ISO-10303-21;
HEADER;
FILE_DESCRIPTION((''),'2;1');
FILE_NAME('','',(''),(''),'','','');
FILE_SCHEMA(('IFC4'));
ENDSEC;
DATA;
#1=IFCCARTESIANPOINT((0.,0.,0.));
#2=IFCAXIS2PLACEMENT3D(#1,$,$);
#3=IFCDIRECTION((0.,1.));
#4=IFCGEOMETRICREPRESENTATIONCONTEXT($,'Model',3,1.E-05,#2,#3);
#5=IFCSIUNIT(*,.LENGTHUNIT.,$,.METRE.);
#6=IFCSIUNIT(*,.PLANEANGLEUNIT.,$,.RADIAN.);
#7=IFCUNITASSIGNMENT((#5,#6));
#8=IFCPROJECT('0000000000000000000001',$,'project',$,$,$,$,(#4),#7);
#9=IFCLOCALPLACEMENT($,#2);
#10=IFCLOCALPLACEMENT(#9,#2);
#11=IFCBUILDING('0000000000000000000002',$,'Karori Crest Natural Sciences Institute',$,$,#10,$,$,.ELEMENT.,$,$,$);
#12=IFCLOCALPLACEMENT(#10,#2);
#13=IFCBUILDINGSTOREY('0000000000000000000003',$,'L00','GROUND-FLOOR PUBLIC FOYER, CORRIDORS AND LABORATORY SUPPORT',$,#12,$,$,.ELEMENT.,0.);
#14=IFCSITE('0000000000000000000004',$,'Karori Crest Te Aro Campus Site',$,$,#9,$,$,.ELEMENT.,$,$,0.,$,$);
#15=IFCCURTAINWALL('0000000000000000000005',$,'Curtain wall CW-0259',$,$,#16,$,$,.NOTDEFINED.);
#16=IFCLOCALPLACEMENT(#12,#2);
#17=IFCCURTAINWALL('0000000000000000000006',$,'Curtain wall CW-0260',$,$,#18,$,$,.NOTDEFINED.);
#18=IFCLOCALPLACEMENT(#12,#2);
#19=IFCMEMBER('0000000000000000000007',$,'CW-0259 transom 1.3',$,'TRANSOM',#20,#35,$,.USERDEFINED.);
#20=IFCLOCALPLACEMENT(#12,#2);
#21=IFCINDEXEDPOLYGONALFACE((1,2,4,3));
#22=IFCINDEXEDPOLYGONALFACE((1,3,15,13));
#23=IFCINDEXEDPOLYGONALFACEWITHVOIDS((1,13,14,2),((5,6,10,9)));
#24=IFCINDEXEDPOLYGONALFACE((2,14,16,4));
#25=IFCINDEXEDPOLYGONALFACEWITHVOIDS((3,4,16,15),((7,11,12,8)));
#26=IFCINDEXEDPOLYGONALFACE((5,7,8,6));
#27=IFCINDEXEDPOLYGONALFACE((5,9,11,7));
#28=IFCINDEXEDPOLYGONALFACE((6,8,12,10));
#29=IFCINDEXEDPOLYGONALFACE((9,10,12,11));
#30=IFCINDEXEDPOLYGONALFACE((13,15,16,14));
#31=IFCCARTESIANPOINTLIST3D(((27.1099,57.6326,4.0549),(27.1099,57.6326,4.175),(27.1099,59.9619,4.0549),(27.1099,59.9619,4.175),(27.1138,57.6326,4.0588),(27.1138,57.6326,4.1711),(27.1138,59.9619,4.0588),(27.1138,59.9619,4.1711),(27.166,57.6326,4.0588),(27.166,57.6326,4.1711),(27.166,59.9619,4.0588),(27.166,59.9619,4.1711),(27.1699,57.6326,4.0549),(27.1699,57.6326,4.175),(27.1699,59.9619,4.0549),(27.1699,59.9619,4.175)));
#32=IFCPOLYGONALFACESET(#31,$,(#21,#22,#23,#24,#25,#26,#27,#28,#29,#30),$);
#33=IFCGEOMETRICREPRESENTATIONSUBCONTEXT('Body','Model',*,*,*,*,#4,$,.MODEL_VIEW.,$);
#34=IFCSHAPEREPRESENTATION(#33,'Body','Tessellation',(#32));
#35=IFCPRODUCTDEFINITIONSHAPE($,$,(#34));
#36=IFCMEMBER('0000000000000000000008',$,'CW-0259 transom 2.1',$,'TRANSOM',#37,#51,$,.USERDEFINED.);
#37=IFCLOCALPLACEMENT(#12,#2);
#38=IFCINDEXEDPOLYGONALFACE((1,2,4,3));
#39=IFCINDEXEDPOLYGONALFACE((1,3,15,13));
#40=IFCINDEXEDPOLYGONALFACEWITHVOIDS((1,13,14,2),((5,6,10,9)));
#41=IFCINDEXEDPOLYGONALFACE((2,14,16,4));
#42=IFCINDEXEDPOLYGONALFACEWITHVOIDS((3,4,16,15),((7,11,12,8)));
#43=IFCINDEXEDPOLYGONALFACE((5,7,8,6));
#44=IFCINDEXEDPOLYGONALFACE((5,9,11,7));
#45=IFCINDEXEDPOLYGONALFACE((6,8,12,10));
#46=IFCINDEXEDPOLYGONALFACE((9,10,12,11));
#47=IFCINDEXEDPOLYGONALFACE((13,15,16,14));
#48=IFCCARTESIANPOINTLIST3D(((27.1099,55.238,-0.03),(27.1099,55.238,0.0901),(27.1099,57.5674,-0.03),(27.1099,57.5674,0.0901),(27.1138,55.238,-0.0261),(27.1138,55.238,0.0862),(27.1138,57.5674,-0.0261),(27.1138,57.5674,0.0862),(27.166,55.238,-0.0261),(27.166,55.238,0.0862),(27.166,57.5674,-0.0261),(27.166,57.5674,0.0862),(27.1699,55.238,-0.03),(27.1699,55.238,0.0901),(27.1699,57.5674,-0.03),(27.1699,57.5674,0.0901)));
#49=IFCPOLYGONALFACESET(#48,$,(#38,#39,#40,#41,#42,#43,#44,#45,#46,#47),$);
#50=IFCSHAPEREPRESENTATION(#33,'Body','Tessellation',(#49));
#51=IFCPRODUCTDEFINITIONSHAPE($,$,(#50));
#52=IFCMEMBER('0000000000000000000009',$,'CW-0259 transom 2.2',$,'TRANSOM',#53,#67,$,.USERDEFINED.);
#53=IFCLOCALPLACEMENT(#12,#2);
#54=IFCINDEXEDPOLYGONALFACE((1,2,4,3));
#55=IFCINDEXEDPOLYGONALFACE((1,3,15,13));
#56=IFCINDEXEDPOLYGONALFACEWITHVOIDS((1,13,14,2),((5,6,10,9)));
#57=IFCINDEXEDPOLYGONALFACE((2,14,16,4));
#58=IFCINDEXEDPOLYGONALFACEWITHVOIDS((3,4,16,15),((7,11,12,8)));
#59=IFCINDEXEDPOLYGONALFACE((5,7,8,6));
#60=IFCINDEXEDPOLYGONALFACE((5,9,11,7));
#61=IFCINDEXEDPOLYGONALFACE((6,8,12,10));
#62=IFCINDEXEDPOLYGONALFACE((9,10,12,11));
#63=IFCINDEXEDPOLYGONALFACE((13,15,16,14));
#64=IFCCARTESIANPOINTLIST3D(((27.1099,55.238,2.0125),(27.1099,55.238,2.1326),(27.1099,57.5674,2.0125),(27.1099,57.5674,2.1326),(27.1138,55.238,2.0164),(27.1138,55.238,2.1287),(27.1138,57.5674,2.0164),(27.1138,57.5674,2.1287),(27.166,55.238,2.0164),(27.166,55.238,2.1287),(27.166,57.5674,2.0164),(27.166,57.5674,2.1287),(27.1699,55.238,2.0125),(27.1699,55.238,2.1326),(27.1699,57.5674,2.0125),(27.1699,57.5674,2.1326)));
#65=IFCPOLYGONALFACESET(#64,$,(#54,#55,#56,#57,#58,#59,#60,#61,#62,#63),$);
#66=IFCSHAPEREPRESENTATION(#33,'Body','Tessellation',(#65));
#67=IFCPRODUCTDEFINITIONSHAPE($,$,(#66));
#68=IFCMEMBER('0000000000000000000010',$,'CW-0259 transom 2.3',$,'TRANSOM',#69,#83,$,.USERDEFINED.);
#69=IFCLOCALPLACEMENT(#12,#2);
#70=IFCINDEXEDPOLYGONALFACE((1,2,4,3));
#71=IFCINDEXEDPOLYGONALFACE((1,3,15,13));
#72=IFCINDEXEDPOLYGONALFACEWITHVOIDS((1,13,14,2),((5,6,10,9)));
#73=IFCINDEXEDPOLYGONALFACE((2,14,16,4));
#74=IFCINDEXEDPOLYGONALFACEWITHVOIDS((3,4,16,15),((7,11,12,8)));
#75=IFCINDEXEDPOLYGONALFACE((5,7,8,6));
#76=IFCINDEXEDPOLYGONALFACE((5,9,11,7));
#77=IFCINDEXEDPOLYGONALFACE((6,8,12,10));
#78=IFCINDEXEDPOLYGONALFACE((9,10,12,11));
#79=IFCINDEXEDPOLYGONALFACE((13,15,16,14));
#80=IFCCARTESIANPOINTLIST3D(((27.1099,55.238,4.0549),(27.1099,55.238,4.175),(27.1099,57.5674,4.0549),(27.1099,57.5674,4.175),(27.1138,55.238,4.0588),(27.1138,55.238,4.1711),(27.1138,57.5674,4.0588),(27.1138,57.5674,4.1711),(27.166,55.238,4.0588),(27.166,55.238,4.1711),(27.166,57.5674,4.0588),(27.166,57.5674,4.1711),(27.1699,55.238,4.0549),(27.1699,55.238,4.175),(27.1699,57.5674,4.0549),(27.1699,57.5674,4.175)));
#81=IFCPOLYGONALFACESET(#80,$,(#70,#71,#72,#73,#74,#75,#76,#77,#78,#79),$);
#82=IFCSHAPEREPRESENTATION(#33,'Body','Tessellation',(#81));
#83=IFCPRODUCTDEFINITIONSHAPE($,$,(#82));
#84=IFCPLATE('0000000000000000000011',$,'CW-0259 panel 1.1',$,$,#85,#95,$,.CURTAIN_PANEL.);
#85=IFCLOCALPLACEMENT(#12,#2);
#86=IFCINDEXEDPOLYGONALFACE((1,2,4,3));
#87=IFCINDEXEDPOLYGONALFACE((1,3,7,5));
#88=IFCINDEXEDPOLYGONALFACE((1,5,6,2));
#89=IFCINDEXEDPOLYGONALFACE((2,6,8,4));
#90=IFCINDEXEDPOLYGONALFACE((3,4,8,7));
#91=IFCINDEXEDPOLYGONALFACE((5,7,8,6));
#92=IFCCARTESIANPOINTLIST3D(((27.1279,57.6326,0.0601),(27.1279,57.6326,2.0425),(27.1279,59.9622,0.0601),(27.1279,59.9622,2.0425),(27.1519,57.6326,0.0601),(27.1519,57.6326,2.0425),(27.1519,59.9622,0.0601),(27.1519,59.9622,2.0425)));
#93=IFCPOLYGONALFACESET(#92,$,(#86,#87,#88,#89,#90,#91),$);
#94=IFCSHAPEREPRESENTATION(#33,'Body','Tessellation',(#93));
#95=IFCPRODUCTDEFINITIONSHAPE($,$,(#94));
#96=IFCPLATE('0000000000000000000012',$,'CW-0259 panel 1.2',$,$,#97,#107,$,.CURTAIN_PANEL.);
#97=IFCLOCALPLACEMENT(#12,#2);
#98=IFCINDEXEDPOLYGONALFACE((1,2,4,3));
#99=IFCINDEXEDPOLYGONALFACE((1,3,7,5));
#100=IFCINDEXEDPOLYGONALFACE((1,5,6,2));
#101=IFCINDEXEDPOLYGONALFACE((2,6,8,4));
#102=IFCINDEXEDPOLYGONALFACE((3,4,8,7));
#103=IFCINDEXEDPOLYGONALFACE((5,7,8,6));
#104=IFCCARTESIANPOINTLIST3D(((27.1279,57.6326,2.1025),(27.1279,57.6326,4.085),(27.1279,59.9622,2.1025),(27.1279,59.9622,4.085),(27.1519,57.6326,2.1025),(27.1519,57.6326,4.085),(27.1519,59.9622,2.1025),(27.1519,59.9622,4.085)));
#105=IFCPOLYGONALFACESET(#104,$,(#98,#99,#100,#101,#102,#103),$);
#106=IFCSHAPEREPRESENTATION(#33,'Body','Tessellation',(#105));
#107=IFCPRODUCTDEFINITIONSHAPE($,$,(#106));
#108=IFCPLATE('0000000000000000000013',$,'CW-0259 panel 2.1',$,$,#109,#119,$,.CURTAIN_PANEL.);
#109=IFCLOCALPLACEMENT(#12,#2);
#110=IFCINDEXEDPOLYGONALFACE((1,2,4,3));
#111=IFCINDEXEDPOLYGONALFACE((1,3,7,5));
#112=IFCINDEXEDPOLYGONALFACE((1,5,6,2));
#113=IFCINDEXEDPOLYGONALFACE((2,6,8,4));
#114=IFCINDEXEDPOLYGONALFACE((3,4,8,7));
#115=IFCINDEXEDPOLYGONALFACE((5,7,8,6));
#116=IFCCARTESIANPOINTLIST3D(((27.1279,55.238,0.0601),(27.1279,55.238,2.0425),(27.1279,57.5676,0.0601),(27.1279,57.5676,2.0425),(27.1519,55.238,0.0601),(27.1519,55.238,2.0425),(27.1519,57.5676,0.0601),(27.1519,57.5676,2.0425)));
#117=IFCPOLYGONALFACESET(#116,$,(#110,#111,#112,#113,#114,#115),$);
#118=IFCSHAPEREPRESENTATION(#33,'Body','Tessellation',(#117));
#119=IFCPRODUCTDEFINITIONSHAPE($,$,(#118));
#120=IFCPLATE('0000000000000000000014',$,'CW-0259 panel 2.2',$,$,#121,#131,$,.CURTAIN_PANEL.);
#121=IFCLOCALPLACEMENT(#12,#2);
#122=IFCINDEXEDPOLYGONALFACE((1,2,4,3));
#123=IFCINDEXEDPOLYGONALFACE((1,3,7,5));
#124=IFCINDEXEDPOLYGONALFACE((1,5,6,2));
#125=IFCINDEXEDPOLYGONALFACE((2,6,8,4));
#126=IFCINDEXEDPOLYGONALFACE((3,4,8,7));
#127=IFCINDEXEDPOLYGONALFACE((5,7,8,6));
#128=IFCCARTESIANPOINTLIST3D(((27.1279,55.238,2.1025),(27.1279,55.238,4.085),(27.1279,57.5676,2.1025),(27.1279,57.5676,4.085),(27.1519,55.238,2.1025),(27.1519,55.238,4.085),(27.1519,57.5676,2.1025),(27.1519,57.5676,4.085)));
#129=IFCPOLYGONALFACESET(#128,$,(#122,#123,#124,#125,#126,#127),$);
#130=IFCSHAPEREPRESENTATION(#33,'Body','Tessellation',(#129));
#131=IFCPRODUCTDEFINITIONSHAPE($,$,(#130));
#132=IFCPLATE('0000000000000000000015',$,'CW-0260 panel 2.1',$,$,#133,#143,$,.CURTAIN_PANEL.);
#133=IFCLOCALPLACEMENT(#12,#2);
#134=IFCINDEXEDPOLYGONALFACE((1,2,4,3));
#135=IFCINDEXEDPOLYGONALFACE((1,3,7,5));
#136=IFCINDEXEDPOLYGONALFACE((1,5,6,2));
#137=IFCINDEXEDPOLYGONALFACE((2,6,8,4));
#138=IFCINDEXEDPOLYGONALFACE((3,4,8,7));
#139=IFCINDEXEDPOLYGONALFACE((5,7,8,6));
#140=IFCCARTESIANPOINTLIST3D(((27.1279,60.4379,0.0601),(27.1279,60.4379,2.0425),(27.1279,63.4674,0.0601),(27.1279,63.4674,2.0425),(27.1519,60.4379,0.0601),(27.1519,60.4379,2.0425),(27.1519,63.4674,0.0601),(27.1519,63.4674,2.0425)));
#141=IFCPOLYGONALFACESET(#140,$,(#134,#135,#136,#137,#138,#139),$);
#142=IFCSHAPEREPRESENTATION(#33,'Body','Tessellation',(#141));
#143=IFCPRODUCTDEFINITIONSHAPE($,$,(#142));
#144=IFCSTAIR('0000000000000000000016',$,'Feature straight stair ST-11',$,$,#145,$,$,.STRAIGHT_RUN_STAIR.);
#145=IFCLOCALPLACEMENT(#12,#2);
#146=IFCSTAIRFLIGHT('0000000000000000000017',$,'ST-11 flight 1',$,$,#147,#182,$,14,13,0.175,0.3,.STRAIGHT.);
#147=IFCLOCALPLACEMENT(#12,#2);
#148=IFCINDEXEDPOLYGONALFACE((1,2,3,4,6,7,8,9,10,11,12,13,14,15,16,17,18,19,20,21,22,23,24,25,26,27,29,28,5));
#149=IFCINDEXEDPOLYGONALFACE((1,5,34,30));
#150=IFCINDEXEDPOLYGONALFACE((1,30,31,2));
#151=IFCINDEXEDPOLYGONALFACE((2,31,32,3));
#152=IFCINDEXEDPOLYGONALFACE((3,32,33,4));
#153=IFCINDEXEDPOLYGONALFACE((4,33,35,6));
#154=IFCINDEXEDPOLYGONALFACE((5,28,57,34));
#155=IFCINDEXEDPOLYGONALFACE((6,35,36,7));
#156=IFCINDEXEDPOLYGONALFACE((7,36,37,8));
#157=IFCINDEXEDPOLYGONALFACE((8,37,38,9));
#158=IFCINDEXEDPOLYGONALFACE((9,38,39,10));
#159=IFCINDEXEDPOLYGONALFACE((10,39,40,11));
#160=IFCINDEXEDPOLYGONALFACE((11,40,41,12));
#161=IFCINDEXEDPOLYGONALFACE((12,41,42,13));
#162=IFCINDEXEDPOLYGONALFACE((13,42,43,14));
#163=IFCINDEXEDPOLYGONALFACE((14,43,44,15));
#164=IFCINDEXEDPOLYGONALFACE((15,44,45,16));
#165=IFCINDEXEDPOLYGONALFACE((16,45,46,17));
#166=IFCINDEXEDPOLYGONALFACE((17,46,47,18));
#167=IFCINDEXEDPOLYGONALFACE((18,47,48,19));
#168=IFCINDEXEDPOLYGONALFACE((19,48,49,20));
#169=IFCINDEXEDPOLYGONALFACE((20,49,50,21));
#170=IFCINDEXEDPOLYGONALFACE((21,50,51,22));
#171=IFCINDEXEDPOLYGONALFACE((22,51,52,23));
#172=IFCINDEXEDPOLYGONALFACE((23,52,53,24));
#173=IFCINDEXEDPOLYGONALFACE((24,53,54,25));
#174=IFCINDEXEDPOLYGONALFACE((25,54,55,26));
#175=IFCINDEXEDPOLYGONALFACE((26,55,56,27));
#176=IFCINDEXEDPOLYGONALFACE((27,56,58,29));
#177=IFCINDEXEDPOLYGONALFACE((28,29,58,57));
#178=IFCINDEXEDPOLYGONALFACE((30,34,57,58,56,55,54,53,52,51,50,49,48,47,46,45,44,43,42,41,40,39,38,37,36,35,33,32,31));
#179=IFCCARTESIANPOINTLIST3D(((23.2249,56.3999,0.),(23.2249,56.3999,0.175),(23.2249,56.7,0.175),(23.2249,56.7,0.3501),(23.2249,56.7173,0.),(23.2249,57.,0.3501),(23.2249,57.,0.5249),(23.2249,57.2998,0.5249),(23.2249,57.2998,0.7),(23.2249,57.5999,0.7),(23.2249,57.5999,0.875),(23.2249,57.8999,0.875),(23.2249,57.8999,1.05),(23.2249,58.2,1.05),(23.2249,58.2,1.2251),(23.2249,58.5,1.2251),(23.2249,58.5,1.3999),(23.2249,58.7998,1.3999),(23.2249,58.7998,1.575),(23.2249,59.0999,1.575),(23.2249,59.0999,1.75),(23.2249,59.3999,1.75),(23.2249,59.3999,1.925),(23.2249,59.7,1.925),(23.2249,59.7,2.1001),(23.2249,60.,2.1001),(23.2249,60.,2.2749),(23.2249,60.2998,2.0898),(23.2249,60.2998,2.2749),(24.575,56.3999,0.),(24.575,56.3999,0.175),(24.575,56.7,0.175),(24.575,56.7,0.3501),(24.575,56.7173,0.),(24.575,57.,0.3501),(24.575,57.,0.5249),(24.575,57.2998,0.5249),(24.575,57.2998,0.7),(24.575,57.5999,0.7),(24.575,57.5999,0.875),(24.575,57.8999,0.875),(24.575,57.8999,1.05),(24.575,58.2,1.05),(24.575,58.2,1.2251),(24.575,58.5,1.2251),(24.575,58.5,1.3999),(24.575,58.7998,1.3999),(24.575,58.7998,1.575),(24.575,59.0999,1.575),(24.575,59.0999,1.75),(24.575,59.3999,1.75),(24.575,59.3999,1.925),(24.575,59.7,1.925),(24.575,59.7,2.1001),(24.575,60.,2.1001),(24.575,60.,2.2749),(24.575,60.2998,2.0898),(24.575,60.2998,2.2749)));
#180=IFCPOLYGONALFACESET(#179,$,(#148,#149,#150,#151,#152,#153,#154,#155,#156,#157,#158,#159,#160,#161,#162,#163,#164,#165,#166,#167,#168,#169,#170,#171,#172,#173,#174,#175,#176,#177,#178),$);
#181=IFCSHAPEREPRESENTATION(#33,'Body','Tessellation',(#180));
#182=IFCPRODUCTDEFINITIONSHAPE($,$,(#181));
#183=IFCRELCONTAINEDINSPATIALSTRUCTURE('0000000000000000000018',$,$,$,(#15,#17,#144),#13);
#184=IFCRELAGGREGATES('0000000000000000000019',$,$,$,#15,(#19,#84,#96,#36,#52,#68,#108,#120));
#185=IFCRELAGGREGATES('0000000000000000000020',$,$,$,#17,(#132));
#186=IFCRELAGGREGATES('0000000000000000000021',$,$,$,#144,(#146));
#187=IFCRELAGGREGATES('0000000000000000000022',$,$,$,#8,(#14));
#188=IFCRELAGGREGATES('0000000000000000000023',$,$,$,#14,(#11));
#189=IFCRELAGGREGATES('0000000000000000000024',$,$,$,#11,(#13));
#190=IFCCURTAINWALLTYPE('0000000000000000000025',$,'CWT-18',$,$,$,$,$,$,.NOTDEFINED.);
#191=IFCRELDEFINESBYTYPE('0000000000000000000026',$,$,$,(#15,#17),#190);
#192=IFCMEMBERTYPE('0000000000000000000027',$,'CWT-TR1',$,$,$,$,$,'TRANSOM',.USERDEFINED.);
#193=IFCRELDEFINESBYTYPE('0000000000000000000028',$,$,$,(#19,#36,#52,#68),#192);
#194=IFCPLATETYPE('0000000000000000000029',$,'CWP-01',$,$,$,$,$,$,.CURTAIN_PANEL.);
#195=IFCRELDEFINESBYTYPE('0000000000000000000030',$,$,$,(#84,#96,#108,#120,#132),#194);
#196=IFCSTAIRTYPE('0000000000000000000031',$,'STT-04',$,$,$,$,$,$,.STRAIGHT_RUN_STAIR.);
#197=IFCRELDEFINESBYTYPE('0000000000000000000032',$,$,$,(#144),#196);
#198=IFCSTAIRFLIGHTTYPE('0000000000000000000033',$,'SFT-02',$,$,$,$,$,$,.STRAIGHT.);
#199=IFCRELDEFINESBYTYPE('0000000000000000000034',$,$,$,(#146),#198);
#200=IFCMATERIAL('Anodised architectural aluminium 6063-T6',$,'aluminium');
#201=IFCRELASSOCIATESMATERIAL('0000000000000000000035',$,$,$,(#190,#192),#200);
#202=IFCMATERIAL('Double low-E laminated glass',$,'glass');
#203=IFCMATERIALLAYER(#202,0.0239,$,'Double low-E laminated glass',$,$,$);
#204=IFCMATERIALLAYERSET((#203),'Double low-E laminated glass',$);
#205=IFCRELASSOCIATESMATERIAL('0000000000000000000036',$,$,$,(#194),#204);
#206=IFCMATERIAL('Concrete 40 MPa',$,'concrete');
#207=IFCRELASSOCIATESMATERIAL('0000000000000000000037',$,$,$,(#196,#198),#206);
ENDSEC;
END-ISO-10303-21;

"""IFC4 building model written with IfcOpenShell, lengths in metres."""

from ifc_helpers import new_model, si_unit, direction, frame, origin, origin_2d, place, context, subcontext, project, spatial, polyline, rectangle, hollow_rectangle, outline, extrude, material, layer, layer_set, material_profile, profile_set, type_object, element, aggregate, save


model = new_model("IFC4")

# Units and contexts
model_context = context("Model", 3, precision=1e-05, world=origin(), true_north=direction((0.0, 1.0)))
body_context = subcontext(model_context, "Body", "Model", "MODEL_VIEW")
ifc_project = project(units=[si_unit("LENGTHUNIT", "METRE"), si_unit("PLANEANGLEUNIT", "RADIAN")], contexts=[model_context])

# Site, building, storey
site_placement = place(None, origin())
site = spatial("IfcSite", under=ifc_project, at=site_placement, Name="Karori Crest Te Aro Campus Site", CompositionType="ELEMENT", RefElevation=0.0)
building_placement = place(site_placement, origin())
building = spatial("IfcBuilding", under=site, at=building_placement, Name="Karori Crest Natural Sciences Institute", CompositionType="ELEMENT")
storey_placement = place(building_placement, origin())
storey = spatial("IfcBuildingStorey", under=building, at=storey_placement, Name="L00", Description="GROUND-FLOOR PUBLIC FOYER, CORRIDORS AND LABORATORY SUPPORT", CompositionType="ELEMENT", Elevation=0.0)

# Curtain wall
ifc_material_1 = material(Name="Anodised architectural aluminium 6063-T6", Category="aluminium")
curtain_wall_type = type_object("IfcCurtainWallType", Name="CWT-18", PredefinedType="NOTDEFINED", material=ifc_material_1)
curtain_wall_1_placement = place(storey_placement, origin())
curtain_wall_1 = element("IfcCurtainWall", 1, at=curtain_wall_1_placement, inside=storey, type_object=curtain_wall_type, Name="Curtain wall CW-0259", PredefinedType="NOTDEFINED")

# Curtain wall
curtain_wall_2_placement = place(storey_placement, origin())
curtain_wall_2 = element("IfcCurtainWall", 2, at=curtain_wall_2_placement, inside=storey, type_object=curtain_wall_type, Name="Curtain wall CW-0260", PredefinedType="NOTDEFINED")

# Members
ifc_material_profile_1 = material_profile(ifc_material_1, hollow_rectangle(XDim=0.0601, YDim=0.1201, WallThickness=0.0039, at=origin_2d()), Name="CWT120x60x4")
ifc_profile_set_1 = profile_set([ifc_material_profile_1], Name="Anodised architectural aluminium 6063-T6")
member_type_1 = type_object("IfcMemberType", Name="CWT-TR1", ElementType="TRANSOM", PredefinedType="USERDEFINED", material=ifc_profile_set_1)
member_1_placement = place(storey_placement, frame((27.1399, 59.9619, 4.115), z_axis=(0.0, -1.0, 0.0), x_axis=(1.0, 0.0, 0.0)))
member_1 = element("IfcMember", 3, at=member_1_placement, type_object=member_type_1, Name="CW-0259 transom 1.3", ObjectType="TRANSOM", PredefinedType="USERDEFINED", context=body_context, shape_type="SweptSolid", body=[
    extrude(hollow_rectangle(XDim=0.0601, YDim=0.1201, WallThickness=0.0039, at=origin_2d()), origin(), (0.0, 0.0, 1.0), 2.3293),
])
member_2_placement = place(storey_placement, frame((27.1399, 57.5674, 0.03), z_axis=(0.0, -1.0, 0.0), x_axis=(1.0, 0.0, 0.0)))
member_2 = element("IfcMember", 4, at=member_2_placement, type_object=member_type_1, Name="CW-0259 transom 2.1", ObjectType="TRANSOM", PredefinedType="USERDEFINED", context=body_context, shape_type="SweptSolid", body=[
    extrude(hollow_rectangle(XDim=0.0601, YDim=0.1201, WallThickness=0.0039, at=origin_2d()), origin(), (0.0, 0.0, 1.0), 2.3293),
])
member_3_placement = place(storey_placement, frame((27.1399, 57.5674, 2.0725), z_axis=(0.0, -1.0, 0.0), x_axis=(1.0, 0.0, 0.0)))
member_3 = element("IfcMember", 5, at=member_3_placement, type_object=member_type_1, Name="CW-0259 transom 2.2", ObjectType="TRANSOM", PredefinedType="USERDEFINED", context=body_context, shape_type="SweptSolid", body=[
    extrude(hollow_rectangle(XDim=0.0601, YDim=0.1201, WallThickness=0.0039, at=origin_2d()), origin(), (0.0, 0.0, 1.0), 2.3293),
])
member_4_placement = place(storey_placement, frame((27.1399, 57.5674, 4.115), z_axis=(0.0, -1.0, 0.0), x_axis=(1.0, 0.0, 0.0)))
member_4 = element("IfcMember", 6, at=member_4_placement, type_object=member_type_1, Name="CW-0259 transom 2.3", ObjectType="TRANSOM", PredefinedType="USERDEFINED", context=body_context, shape_type="SweptSolid", body=[
    extrude(hollow_rectangle(XDim=0.0601, YDim=0.1201, WallThickness=0.0039, at=origin_2d()), origin(), (0.0, 0.0, 1.0), 2.3293),
])

# Plates
ifc_material_2 = material(Name="Double low-E laminated glass", Category="glass")
ifc_layer = layer(ifc_material_2, 0.0239, Name="Double low-E laminated glass")
ifc_layer_set = layer_set([ifc_layer], Name="Double low-E laminated glass")
plate_type = type_object("IfcPlateType", Name="CWP-01", PredefinedType="CURTAIN_PANEL", material=ifc_layer_set)
plate_1_placement = place(storey_placement, frame((27.1399, 58.7974, 0.0601), z_axis=(0.0, 0.0, 1.0), x_axis=(0.0, -1.0, 0.0)))
plate_1 = element("IfcPlate", 7, at=plate_1_placement, type_object=plate_type, Name="CW-0259 panel 1.1", PredefinedType="CURTAIN_PANEL", context=body_context, shape_type="SweptSolid", body=[
    extrude(rectangle(XDim=2.3296, YDim=0.0239, at=origin_2d()), origin(), (0.0, 0.0, 1.0), 1.9824),
])
plate_2_placement = place(storey_placement, frame((27.1399, 58.7974, 2.1025), z_axis=(0.0, 0.0, 1.0), x_axis=(0.0, -1.0, 0.0)))
plate_2 = element("IfcPlate", 8, at=plate_2_placement, type_object=plate_type, Name="CW-0259 panel 1.2", PredefinedType="CURTAIN_PANEL", context=body_context, shape_type="SweptSolid", body=[
    extrude(rectangle(XDim=2.3296, YDim=0.0239, at=origin_2d()), origin(), (0.0, 0.0, 1.0), 1.9824),
])
plate_3_placement = place(storey_placement, frame((27.1399, 56.4028, 0.0601), z_axis=(0.0, 0.0, 1.0), x_axis=(0.0, -1.0, 0.0)))
plate_3 = element("IfcPlate", 9, at=plate_3_placement, type_object=plate_type, Name="CW-0259 panel 2.1", PredefinedType="CURTAIN_PANEL", context=body_context, shape_type="SweptSolid", body=[
    extrude(rectangle(XDim=2.3296, YDim=0.0239, at=origin_2d()), origin(), (0.0, 0.0, 1.0), 1.9824),
])
plate_4_placement = place(storey_placement, frame((27.1399, 56.4028, 2.1025), z_axis=(0.0, 0.0, 1.0), x_axis=(0.0, -1.0, 0.0)))
plate_4 = element("IfcPlate", 10, at=plate_4_placement, type_object=plate_type, Name="CW-0259 panel 2.2", PredefinedType="CURTAIN_PANEL", context=body_context, shape_type="SweptSolid", body=[
    extrude(rectangle(XDim=2.3296, YDim=0.0239, at=origin_2d()), origin(), (0.0, 0.0, 1.0), 1.9824),
])
aggregate(curtain_wall_1, [member_1, plate_1, plate_2, member_2, member_3, member_4, plate_3, plate_4])
plate_5_placement = place(storey_placement, frame((27.1399, 61.9526, 0.0601), z_axis=(0.0, 0.0, 1.0), x_axis=(0.0, -1.0, 0.0)))
plate_5 = element("IfcPlate", 11, at=plate_5_placement, type_object=plate_type, Name="CW-0260 panel 2.1", PredefinedType="CURTAIN_PANEL", context=body_context, shape_type="SweptSolid", body=[
    extrude(rectangle(XDim=3.0295, YDim=0.0239, at=origin_2d()), origin(), (0.0, 0.0, 1.0), 1.9824),
])
aggregate(curtain_wall_2, [plate_5])

# Stair, stair flight
ifc_material_3 = material(Name="Concrete 40 MPa", Category="concrete")
stair_type = type_object("IfcStairType", Name="STT-04", PredefinedType="STRAIGHT_RUN_STAIR", material=ifc_material_3)
stair_placement = place(storey_placement, origin())
stair = element("IfcStair", 12, at=stair_placement, inside=storey, type_object=stair_type, Name="Feature straight stair ST-11", PredefinedType="STRAIGHT_RUN_STAIR")
stair_flight_type = type_object("IfcStairFlightType", Name="SFT-02", PredefinedType="STRAIGHT", material=ifc_material_3)
stair_flight_1_placement = place(storey_placement, frame((23.8999, 56.3999, 0.0), z_axis=(0.0, 0.0, 1.0), x_axis=(0.0, 1.0, 0.0)))
stair_flight_1 = element("IfcStairFlight", 13, at=stair_flight_1_placement, type_object=stair_flight_type, Name="ST-11 flight 1", NumberOfRisers=14, NumberOfTreads=13, PredefinedType="STRAIGHT", RiserHeight=0.175, TreadLength=0.3, context=body_context, shape_type="SweptSolid", body=[
    extrude(outline(polyline([(0.0, 0.0), (0.0, 0.175), (0.3, 0.175), (0.3, 0.3501), (0.6001, 0.3501), (0.6001, 0.5249), (0.8999, 0.5249), (0.8999, 0.7), (1.2, 0.7), (1.2, 0.875), (1.5, 0.875), (1.5, 1.05), (1.8, 1.05), (1.8, 1.2251), (2.1001, 1.2251), (2.1001, 1.3999), (2.3999, 1.3999), (2.3999, 1.575), (2.7, 1.575), (2.7, 1.75), (3.0, 1.75), (3.0, 1.925), (3.3, 1.925), (3.3, 2.1001), (3.6001, 2.1001), (3.6001, 2.2749), (3.8999, 2.2749), (3.8999, 2.45), (3.8999, 2.0898), (0.3174, 0.0), (0.0, 0.0)])), frame((0.0, 0.675, 0.0), z_axis=(0.0, -1.0, 0.0), x_axis=(1.0, 0.0, 0.0)), (0.0, 0.0, 1.0), 1.3501),
])
aggregate(stair, [stair_flight_1])

save(model, "model.ifc")
